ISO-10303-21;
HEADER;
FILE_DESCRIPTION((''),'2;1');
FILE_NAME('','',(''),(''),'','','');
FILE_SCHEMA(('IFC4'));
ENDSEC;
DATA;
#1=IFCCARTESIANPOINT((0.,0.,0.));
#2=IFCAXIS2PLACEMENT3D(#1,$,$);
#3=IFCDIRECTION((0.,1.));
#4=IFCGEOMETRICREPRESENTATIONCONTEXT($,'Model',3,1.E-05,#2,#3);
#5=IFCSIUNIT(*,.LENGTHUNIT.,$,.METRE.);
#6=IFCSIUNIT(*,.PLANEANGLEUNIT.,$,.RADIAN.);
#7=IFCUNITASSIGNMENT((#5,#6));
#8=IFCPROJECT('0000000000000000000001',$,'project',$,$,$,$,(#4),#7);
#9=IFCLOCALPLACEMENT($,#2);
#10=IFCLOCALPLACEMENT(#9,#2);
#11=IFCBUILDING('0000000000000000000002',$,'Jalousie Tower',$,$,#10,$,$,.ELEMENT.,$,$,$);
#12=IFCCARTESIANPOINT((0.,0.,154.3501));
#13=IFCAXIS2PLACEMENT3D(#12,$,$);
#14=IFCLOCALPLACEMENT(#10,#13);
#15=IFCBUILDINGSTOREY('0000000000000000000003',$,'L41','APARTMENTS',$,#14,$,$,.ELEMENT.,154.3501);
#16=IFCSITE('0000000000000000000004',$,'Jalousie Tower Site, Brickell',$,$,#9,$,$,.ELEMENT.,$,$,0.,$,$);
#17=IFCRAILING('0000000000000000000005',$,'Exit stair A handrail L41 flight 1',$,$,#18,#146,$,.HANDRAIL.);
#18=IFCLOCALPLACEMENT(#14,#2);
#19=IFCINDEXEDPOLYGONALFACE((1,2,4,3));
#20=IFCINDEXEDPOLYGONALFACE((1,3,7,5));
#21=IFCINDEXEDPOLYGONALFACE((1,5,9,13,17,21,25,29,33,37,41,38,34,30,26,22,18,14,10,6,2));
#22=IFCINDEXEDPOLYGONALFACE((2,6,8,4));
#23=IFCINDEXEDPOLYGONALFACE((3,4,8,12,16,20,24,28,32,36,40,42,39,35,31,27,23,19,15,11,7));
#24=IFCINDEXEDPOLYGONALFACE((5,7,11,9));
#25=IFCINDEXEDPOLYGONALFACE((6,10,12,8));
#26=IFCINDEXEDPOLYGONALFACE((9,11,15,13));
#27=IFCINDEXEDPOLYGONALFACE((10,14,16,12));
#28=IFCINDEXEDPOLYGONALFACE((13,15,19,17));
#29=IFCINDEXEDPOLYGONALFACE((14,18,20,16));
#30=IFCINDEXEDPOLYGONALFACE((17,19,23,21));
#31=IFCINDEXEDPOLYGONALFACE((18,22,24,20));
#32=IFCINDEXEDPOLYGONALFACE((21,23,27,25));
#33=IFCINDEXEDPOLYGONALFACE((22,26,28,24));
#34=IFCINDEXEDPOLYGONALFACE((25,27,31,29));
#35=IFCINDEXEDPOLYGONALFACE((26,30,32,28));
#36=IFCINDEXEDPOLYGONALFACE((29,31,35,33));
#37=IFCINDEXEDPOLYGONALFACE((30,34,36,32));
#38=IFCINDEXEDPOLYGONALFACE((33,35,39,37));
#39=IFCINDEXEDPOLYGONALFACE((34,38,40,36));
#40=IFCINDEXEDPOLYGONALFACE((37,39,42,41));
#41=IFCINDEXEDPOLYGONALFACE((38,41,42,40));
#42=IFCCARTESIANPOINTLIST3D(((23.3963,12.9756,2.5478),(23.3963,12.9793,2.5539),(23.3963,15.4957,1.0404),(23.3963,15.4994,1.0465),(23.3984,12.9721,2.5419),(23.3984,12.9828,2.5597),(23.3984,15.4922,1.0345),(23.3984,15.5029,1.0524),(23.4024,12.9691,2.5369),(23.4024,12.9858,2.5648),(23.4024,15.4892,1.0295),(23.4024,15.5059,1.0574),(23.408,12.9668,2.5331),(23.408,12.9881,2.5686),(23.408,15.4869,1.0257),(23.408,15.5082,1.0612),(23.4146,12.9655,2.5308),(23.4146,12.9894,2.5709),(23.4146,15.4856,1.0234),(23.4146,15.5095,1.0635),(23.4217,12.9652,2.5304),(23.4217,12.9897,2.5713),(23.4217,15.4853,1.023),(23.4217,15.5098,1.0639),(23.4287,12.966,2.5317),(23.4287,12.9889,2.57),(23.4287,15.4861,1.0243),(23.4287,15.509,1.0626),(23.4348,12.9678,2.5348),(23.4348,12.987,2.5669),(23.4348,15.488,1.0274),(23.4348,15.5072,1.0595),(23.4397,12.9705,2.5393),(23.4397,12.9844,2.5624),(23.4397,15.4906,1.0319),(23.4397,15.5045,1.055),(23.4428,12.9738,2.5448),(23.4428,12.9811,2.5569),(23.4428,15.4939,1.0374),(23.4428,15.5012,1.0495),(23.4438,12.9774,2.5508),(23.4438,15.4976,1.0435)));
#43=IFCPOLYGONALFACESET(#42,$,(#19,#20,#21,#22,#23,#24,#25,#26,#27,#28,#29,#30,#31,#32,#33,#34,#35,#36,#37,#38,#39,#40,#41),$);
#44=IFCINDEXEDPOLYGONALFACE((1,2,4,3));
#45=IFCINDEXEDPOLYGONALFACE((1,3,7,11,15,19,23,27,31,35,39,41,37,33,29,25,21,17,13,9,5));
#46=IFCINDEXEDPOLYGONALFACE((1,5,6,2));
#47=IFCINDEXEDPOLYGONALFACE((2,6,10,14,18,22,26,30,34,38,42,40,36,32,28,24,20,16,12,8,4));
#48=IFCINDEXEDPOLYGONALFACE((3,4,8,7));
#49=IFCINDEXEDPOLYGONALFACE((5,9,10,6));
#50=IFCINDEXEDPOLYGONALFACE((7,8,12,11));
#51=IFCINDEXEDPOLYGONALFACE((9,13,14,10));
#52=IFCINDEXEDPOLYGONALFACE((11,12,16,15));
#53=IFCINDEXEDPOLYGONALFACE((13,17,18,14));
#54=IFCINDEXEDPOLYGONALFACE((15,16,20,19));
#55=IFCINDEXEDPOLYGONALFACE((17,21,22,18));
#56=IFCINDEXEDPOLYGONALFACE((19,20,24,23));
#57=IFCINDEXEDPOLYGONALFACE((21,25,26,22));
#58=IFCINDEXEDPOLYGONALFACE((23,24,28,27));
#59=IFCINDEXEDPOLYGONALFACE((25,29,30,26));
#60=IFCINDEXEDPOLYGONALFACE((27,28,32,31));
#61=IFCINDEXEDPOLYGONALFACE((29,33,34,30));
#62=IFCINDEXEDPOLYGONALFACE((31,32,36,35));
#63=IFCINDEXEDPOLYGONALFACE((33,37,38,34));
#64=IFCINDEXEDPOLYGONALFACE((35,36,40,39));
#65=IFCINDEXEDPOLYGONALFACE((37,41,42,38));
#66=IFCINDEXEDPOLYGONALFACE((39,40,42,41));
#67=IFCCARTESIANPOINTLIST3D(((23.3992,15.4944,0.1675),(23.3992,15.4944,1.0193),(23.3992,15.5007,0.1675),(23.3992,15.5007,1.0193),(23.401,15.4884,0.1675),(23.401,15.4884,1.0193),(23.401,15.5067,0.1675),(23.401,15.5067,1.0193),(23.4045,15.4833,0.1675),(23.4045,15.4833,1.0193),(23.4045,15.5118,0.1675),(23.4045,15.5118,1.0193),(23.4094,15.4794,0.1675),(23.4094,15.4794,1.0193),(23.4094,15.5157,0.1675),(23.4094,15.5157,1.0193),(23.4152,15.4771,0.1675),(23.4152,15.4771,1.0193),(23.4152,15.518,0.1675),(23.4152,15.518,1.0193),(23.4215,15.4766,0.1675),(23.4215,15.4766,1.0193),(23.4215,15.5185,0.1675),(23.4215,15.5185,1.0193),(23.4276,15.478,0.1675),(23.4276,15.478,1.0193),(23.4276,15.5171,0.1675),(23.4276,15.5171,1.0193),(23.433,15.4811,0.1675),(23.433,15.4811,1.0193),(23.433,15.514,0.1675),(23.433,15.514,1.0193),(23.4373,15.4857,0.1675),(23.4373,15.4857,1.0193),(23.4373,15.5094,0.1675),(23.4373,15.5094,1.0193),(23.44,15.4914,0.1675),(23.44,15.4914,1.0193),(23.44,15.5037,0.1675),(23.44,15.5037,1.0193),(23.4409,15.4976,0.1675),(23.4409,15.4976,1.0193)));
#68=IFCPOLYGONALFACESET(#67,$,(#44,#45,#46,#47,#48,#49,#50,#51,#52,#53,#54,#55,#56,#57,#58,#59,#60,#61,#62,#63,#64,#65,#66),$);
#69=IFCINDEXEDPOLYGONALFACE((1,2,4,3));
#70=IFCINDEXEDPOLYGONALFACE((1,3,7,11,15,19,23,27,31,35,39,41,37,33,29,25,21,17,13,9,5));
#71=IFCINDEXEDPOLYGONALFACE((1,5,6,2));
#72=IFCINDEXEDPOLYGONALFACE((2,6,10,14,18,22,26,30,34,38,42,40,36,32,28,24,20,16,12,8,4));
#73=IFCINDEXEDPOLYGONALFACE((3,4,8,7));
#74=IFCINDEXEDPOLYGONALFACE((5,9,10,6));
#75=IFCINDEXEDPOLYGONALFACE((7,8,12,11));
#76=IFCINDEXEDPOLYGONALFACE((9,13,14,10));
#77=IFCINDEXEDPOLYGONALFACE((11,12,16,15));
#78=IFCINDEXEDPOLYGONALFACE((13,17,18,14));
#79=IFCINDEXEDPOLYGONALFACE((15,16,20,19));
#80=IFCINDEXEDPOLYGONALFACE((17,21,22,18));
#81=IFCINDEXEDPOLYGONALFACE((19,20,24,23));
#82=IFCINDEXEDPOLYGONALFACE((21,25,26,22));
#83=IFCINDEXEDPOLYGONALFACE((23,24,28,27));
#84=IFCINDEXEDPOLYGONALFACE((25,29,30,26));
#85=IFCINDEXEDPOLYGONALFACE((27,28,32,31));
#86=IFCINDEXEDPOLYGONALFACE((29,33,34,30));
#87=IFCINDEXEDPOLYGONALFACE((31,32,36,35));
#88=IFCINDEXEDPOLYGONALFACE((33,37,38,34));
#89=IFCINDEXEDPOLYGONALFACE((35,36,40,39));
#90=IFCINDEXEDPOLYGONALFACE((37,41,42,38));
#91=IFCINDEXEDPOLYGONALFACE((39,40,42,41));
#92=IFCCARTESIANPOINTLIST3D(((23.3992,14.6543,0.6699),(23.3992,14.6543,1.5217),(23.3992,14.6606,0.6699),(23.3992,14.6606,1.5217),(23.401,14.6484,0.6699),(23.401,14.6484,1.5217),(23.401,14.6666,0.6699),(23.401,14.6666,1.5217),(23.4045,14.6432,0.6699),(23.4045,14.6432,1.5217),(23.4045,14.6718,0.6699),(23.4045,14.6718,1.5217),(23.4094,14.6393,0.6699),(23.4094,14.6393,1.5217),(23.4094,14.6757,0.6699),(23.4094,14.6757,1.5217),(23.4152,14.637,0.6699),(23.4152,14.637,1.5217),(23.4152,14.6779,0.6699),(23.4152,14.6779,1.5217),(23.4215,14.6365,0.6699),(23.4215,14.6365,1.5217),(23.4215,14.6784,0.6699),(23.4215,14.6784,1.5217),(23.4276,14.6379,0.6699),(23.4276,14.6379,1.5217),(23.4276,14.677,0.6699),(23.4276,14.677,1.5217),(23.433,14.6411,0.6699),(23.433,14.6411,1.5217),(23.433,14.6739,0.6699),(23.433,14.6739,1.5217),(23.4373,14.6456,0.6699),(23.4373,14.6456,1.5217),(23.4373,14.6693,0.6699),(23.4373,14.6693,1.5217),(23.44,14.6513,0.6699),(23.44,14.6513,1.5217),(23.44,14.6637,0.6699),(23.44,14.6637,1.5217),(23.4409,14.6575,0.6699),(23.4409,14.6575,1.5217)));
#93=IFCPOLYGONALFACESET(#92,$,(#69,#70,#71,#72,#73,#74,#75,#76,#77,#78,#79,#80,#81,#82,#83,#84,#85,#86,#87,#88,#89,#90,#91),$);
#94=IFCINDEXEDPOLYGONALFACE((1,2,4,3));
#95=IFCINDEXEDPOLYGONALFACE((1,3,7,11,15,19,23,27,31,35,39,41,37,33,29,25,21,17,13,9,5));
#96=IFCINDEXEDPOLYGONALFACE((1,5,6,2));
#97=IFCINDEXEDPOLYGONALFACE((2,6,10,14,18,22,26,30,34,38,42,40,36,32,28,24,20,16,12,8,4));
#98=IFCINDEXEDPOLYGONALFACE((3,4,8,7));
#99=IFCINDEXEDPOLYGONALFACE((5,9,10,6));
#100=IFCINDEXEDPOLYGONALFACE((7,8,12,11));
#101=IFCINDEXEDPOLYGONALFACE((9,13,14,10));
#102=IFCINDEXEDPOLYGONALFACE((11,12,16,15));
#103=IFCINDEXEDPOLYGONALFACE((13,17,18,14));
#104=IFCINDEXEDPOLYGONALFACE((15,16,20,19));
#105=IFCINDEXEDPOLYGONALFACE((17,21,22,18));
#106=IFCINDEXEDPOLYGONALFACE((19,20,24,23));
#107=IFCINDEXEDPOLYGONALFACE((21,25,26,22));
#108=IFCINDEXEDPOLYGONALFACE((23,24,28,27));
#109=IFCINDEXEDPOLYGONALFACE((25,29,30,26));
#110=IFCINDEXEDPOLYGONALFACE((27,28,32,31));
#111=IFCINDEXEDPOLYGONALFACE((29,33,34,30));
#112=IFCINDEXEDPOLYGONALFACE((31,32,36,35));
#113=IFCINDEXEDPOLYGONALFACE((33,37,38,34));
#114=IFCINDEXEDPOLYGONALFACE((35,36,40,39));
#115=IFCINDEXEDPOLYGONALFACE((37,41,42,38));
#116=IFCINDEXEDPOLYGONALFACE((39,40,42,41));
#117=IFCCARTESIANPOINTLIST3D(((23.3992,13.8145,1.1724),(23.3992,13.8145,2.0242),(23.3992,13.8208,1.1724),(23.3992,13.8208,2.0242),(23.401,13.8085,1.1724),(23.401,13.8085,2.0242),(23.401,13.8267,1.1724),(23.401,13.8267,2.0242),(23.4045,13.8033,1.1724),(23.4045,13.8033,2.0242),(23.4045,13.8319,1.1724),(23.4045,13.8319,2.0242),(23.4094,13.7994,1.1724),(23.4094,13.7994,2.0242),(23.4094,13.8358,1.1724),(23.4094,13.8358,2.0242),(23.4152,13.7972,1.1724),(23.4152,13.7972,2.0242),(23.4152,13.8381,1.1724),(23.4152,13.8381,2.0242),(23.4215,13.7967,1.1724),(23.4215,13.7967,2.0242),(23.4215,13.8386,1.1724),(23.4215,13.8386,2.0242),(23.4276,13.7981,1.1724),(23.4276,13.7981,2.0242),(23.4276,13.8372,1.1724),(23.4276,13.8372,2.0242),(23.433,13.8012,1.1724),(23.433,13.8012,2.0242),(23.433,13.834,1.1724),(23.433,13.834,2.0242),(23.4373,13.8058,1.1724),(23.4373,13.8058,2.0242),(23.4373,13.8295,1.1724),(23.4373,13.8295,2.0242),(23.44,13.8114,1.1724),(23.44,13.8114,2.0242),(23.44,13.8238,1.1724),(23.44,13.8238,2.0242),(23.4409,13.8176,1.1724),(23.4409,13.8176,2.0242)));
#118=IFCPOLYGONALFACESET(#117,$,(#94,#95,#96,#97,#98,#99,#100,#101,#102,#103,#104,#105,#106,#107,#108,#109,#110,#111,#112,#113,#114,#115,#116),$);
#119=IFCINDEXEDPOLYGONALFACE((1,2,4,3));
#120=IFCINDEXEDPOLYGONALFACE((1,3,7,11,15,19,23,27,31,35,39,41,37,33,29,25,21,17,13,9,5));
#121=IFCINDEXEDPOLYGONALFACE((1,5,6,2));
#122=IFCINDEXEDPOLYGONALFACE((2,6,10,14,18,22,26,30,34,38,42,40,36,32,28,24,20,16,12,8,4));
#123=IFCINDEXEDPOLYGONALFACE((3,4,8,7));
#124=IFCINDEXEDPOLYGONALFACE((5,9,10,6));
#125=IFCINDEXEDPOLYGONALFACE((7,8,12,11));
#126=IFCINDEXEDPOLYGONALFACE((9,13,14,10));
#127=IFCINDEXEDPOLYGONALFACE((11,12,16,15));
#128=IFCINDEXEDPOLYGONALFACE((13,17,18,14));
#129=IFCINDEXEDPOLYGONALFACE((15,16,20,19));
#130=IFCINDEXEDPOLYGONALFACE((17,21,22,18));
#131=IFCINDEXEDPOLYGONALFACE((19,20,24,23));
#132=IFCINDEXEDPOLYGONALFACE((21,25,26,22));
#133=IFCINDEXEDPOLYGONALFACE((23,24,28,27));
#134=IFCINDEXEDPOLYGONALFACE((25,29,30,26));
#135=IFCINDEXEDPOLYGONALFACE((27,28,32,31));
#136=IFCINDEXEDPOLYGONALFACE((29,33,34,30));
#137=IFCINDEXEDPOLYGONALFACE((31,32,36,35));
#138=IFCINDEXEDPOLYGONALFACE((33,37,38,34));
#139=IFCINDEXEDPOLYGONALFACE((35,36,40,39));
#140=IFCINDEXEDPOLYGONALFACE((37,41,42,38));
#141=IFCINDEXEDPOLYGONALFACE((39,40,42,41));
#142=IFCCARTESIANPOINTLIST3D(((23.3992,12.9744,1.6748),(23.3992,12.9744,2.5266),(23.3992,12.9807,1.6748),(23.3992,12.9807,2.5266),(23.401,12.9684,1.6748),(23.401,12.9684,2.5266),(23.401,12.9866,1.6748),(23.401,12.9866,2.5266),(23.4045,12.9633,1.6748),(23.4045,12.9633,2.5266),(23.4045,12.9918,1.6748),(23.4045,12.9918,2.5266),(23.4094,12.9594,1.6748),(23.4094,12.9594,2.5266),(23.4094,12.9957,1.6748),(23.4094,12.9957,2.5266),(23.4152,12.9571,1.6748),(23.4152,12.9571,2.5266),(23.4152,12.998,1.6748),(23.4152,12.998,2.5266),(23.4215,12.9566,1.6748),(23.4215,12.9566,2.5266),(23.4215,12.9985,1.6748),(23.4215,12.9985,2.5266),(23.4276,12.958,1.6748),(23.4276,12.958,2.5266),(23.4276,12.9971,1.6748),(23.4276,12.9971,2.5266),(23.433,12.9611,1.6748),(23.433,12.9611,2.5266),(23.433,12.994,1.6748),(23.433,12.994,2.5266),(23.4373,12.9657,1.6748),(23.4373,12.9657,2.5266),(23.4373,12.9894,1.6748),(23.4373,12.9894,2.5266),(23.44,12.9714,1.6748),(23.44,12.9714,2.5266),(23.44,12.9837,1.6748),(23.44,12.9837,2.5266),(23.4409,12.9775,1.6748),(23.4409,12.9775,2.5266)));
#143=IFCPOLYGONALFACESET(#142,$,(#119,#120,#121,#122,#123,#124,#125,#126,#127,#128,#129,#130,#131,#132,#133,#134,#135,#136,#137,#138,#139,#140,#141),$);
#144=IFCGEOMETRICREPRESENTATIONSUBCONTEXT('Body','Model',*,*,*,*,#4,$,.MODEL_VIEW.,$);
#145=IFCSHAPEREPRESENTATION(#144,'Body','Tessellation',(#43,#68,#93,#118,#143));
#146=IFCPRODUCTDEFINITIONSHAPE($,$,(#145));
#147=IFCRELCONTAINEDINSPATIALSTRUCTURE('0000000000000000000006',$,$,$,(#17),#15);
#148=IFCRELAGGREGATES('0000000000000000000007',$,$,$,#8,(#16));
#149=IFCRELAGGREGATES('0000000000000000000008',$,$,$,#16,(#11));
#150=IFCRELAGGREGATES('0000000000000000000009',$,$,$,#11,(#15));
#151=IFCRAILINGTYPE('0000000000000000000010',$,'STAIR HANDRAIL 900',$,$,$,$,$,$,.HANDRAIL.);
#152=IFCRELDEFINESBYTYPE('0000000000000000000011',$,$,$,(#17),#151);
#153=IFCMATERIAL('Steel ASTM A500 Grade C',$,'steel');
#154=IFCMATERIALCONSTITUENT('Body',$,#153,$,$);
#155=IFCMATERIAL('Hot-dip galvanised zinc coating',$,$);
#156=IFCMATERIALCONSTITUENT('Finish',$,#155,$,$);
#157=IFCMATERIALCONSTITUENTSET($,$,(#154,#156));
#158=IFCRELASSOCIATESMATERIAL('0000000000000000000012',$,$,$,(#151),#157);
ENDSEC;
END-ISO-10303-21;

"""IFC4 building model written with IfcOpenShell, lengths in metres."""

from ifc_helpers import new_model, si_unit, direction, frame, origin, origin_2d, place, context, subcontext, project, spatial, circle, extrude, material, constituent, constituent_set, type_object, element, save


model = new_model("IFC4")

# Units and contexts
model_context = context("Model", 3, precision=1e-05, world=origin(), true_north=direction((0.0, 1.0)))
body_context = subcontext(model_context, "Body", "Model", "MODEL_VIEW")
ifc_project = project(units=[si_unit("LENGTHUNIT", "METRE"), si_unit("PLANEANGLEUNIT", "RADIAN")], contexts=[model_context])

# Site, building, storey
site_placement = place(None, origin())
site = spatial("IfcSite", under=ifc_project, at=site_placement, Name="Jalousie Tower Site, Brickell", CompositionType="ELEMENT", RefElevation=0.0)
building_placement = place(site_placement, origin())
building = spatial("IfcBuilding", under=site, at=building_placement, Name="Jalousie Tower", CompositionType="ELEMENT")
storey_placement = place(building_placement, frame((0.0, 0.0, 154.3501)))
storey = spatial("IfcBuildingStorey", under=building, at=storey_placement, Name="L41", Description="APARTMENTS", CompositionType="ELEMENT", Elevation=154.3501)

# Railing
ifc_material_1 = material(Name="Steel ASTM A500 Grade C", Category="steel")
ifc_constituent_1 = constituent(ifc_material_1, Name="Body")
ifc_material_2 = material(Name="Hot-dip galvanised zinc coating")
ifc_constituent_2 = constituent(ifc_material_2, Name="Finish")
ifc_constituent_set_1 = constituent_set(constituents=[ifc_constituent_1, ifc_constituent_2])
railing_type_1 = type_object("IfcRailingType", Name="STAIR HANDRAIL 900", PredefinedType="HANDRAIL", material=ifc_constituent_set_1)
railing_1_placement = place(storey_placement, frame((23.4199, 15.4976, 0.1675)))
element("IfcRailing", 1, at=railing_1_placement, inside=storey, type_object=railing_type_1, Name="Exit stair A handrail L41 flight 1", PredefinedType="HANDRAIL", context=body_context, shape_type="SweptSolid", body=[
    extrude(circle(Radius=0.0239, at=origin_2d()), frame((0.0, 0.0, 0.876), z_axis=(0.0, -0.858196, 0.513321), x_axis=(1.0, 0.0, 0.0)), (0.0, 0.0, 1.0), 2.9365),
    extrude(circle(Radius=0.021, at=origin_2d()), origin(), (0.0, 0.0, 1.0), 0.8518),
    extrude(circle(Radius=0.021, at=origin_2d()), frame((0.0, -0.8401, 0.5024)), (0.0, 0.0, 1.0), 0.8518),
    extrude(circle(Radius=0.021, at=origin_2d()), frame((0.0, -1.6799, 1.0049)), (0.0, 0.0, 1.0), 0.8518),
    extrude(circle(Radius=0.021, at=origin_2d()), frame((0.0, -2.52, 1.5073)), (0.0, 0.0, 1.0), 0.8518),
])

save(model, "model.ifc")
